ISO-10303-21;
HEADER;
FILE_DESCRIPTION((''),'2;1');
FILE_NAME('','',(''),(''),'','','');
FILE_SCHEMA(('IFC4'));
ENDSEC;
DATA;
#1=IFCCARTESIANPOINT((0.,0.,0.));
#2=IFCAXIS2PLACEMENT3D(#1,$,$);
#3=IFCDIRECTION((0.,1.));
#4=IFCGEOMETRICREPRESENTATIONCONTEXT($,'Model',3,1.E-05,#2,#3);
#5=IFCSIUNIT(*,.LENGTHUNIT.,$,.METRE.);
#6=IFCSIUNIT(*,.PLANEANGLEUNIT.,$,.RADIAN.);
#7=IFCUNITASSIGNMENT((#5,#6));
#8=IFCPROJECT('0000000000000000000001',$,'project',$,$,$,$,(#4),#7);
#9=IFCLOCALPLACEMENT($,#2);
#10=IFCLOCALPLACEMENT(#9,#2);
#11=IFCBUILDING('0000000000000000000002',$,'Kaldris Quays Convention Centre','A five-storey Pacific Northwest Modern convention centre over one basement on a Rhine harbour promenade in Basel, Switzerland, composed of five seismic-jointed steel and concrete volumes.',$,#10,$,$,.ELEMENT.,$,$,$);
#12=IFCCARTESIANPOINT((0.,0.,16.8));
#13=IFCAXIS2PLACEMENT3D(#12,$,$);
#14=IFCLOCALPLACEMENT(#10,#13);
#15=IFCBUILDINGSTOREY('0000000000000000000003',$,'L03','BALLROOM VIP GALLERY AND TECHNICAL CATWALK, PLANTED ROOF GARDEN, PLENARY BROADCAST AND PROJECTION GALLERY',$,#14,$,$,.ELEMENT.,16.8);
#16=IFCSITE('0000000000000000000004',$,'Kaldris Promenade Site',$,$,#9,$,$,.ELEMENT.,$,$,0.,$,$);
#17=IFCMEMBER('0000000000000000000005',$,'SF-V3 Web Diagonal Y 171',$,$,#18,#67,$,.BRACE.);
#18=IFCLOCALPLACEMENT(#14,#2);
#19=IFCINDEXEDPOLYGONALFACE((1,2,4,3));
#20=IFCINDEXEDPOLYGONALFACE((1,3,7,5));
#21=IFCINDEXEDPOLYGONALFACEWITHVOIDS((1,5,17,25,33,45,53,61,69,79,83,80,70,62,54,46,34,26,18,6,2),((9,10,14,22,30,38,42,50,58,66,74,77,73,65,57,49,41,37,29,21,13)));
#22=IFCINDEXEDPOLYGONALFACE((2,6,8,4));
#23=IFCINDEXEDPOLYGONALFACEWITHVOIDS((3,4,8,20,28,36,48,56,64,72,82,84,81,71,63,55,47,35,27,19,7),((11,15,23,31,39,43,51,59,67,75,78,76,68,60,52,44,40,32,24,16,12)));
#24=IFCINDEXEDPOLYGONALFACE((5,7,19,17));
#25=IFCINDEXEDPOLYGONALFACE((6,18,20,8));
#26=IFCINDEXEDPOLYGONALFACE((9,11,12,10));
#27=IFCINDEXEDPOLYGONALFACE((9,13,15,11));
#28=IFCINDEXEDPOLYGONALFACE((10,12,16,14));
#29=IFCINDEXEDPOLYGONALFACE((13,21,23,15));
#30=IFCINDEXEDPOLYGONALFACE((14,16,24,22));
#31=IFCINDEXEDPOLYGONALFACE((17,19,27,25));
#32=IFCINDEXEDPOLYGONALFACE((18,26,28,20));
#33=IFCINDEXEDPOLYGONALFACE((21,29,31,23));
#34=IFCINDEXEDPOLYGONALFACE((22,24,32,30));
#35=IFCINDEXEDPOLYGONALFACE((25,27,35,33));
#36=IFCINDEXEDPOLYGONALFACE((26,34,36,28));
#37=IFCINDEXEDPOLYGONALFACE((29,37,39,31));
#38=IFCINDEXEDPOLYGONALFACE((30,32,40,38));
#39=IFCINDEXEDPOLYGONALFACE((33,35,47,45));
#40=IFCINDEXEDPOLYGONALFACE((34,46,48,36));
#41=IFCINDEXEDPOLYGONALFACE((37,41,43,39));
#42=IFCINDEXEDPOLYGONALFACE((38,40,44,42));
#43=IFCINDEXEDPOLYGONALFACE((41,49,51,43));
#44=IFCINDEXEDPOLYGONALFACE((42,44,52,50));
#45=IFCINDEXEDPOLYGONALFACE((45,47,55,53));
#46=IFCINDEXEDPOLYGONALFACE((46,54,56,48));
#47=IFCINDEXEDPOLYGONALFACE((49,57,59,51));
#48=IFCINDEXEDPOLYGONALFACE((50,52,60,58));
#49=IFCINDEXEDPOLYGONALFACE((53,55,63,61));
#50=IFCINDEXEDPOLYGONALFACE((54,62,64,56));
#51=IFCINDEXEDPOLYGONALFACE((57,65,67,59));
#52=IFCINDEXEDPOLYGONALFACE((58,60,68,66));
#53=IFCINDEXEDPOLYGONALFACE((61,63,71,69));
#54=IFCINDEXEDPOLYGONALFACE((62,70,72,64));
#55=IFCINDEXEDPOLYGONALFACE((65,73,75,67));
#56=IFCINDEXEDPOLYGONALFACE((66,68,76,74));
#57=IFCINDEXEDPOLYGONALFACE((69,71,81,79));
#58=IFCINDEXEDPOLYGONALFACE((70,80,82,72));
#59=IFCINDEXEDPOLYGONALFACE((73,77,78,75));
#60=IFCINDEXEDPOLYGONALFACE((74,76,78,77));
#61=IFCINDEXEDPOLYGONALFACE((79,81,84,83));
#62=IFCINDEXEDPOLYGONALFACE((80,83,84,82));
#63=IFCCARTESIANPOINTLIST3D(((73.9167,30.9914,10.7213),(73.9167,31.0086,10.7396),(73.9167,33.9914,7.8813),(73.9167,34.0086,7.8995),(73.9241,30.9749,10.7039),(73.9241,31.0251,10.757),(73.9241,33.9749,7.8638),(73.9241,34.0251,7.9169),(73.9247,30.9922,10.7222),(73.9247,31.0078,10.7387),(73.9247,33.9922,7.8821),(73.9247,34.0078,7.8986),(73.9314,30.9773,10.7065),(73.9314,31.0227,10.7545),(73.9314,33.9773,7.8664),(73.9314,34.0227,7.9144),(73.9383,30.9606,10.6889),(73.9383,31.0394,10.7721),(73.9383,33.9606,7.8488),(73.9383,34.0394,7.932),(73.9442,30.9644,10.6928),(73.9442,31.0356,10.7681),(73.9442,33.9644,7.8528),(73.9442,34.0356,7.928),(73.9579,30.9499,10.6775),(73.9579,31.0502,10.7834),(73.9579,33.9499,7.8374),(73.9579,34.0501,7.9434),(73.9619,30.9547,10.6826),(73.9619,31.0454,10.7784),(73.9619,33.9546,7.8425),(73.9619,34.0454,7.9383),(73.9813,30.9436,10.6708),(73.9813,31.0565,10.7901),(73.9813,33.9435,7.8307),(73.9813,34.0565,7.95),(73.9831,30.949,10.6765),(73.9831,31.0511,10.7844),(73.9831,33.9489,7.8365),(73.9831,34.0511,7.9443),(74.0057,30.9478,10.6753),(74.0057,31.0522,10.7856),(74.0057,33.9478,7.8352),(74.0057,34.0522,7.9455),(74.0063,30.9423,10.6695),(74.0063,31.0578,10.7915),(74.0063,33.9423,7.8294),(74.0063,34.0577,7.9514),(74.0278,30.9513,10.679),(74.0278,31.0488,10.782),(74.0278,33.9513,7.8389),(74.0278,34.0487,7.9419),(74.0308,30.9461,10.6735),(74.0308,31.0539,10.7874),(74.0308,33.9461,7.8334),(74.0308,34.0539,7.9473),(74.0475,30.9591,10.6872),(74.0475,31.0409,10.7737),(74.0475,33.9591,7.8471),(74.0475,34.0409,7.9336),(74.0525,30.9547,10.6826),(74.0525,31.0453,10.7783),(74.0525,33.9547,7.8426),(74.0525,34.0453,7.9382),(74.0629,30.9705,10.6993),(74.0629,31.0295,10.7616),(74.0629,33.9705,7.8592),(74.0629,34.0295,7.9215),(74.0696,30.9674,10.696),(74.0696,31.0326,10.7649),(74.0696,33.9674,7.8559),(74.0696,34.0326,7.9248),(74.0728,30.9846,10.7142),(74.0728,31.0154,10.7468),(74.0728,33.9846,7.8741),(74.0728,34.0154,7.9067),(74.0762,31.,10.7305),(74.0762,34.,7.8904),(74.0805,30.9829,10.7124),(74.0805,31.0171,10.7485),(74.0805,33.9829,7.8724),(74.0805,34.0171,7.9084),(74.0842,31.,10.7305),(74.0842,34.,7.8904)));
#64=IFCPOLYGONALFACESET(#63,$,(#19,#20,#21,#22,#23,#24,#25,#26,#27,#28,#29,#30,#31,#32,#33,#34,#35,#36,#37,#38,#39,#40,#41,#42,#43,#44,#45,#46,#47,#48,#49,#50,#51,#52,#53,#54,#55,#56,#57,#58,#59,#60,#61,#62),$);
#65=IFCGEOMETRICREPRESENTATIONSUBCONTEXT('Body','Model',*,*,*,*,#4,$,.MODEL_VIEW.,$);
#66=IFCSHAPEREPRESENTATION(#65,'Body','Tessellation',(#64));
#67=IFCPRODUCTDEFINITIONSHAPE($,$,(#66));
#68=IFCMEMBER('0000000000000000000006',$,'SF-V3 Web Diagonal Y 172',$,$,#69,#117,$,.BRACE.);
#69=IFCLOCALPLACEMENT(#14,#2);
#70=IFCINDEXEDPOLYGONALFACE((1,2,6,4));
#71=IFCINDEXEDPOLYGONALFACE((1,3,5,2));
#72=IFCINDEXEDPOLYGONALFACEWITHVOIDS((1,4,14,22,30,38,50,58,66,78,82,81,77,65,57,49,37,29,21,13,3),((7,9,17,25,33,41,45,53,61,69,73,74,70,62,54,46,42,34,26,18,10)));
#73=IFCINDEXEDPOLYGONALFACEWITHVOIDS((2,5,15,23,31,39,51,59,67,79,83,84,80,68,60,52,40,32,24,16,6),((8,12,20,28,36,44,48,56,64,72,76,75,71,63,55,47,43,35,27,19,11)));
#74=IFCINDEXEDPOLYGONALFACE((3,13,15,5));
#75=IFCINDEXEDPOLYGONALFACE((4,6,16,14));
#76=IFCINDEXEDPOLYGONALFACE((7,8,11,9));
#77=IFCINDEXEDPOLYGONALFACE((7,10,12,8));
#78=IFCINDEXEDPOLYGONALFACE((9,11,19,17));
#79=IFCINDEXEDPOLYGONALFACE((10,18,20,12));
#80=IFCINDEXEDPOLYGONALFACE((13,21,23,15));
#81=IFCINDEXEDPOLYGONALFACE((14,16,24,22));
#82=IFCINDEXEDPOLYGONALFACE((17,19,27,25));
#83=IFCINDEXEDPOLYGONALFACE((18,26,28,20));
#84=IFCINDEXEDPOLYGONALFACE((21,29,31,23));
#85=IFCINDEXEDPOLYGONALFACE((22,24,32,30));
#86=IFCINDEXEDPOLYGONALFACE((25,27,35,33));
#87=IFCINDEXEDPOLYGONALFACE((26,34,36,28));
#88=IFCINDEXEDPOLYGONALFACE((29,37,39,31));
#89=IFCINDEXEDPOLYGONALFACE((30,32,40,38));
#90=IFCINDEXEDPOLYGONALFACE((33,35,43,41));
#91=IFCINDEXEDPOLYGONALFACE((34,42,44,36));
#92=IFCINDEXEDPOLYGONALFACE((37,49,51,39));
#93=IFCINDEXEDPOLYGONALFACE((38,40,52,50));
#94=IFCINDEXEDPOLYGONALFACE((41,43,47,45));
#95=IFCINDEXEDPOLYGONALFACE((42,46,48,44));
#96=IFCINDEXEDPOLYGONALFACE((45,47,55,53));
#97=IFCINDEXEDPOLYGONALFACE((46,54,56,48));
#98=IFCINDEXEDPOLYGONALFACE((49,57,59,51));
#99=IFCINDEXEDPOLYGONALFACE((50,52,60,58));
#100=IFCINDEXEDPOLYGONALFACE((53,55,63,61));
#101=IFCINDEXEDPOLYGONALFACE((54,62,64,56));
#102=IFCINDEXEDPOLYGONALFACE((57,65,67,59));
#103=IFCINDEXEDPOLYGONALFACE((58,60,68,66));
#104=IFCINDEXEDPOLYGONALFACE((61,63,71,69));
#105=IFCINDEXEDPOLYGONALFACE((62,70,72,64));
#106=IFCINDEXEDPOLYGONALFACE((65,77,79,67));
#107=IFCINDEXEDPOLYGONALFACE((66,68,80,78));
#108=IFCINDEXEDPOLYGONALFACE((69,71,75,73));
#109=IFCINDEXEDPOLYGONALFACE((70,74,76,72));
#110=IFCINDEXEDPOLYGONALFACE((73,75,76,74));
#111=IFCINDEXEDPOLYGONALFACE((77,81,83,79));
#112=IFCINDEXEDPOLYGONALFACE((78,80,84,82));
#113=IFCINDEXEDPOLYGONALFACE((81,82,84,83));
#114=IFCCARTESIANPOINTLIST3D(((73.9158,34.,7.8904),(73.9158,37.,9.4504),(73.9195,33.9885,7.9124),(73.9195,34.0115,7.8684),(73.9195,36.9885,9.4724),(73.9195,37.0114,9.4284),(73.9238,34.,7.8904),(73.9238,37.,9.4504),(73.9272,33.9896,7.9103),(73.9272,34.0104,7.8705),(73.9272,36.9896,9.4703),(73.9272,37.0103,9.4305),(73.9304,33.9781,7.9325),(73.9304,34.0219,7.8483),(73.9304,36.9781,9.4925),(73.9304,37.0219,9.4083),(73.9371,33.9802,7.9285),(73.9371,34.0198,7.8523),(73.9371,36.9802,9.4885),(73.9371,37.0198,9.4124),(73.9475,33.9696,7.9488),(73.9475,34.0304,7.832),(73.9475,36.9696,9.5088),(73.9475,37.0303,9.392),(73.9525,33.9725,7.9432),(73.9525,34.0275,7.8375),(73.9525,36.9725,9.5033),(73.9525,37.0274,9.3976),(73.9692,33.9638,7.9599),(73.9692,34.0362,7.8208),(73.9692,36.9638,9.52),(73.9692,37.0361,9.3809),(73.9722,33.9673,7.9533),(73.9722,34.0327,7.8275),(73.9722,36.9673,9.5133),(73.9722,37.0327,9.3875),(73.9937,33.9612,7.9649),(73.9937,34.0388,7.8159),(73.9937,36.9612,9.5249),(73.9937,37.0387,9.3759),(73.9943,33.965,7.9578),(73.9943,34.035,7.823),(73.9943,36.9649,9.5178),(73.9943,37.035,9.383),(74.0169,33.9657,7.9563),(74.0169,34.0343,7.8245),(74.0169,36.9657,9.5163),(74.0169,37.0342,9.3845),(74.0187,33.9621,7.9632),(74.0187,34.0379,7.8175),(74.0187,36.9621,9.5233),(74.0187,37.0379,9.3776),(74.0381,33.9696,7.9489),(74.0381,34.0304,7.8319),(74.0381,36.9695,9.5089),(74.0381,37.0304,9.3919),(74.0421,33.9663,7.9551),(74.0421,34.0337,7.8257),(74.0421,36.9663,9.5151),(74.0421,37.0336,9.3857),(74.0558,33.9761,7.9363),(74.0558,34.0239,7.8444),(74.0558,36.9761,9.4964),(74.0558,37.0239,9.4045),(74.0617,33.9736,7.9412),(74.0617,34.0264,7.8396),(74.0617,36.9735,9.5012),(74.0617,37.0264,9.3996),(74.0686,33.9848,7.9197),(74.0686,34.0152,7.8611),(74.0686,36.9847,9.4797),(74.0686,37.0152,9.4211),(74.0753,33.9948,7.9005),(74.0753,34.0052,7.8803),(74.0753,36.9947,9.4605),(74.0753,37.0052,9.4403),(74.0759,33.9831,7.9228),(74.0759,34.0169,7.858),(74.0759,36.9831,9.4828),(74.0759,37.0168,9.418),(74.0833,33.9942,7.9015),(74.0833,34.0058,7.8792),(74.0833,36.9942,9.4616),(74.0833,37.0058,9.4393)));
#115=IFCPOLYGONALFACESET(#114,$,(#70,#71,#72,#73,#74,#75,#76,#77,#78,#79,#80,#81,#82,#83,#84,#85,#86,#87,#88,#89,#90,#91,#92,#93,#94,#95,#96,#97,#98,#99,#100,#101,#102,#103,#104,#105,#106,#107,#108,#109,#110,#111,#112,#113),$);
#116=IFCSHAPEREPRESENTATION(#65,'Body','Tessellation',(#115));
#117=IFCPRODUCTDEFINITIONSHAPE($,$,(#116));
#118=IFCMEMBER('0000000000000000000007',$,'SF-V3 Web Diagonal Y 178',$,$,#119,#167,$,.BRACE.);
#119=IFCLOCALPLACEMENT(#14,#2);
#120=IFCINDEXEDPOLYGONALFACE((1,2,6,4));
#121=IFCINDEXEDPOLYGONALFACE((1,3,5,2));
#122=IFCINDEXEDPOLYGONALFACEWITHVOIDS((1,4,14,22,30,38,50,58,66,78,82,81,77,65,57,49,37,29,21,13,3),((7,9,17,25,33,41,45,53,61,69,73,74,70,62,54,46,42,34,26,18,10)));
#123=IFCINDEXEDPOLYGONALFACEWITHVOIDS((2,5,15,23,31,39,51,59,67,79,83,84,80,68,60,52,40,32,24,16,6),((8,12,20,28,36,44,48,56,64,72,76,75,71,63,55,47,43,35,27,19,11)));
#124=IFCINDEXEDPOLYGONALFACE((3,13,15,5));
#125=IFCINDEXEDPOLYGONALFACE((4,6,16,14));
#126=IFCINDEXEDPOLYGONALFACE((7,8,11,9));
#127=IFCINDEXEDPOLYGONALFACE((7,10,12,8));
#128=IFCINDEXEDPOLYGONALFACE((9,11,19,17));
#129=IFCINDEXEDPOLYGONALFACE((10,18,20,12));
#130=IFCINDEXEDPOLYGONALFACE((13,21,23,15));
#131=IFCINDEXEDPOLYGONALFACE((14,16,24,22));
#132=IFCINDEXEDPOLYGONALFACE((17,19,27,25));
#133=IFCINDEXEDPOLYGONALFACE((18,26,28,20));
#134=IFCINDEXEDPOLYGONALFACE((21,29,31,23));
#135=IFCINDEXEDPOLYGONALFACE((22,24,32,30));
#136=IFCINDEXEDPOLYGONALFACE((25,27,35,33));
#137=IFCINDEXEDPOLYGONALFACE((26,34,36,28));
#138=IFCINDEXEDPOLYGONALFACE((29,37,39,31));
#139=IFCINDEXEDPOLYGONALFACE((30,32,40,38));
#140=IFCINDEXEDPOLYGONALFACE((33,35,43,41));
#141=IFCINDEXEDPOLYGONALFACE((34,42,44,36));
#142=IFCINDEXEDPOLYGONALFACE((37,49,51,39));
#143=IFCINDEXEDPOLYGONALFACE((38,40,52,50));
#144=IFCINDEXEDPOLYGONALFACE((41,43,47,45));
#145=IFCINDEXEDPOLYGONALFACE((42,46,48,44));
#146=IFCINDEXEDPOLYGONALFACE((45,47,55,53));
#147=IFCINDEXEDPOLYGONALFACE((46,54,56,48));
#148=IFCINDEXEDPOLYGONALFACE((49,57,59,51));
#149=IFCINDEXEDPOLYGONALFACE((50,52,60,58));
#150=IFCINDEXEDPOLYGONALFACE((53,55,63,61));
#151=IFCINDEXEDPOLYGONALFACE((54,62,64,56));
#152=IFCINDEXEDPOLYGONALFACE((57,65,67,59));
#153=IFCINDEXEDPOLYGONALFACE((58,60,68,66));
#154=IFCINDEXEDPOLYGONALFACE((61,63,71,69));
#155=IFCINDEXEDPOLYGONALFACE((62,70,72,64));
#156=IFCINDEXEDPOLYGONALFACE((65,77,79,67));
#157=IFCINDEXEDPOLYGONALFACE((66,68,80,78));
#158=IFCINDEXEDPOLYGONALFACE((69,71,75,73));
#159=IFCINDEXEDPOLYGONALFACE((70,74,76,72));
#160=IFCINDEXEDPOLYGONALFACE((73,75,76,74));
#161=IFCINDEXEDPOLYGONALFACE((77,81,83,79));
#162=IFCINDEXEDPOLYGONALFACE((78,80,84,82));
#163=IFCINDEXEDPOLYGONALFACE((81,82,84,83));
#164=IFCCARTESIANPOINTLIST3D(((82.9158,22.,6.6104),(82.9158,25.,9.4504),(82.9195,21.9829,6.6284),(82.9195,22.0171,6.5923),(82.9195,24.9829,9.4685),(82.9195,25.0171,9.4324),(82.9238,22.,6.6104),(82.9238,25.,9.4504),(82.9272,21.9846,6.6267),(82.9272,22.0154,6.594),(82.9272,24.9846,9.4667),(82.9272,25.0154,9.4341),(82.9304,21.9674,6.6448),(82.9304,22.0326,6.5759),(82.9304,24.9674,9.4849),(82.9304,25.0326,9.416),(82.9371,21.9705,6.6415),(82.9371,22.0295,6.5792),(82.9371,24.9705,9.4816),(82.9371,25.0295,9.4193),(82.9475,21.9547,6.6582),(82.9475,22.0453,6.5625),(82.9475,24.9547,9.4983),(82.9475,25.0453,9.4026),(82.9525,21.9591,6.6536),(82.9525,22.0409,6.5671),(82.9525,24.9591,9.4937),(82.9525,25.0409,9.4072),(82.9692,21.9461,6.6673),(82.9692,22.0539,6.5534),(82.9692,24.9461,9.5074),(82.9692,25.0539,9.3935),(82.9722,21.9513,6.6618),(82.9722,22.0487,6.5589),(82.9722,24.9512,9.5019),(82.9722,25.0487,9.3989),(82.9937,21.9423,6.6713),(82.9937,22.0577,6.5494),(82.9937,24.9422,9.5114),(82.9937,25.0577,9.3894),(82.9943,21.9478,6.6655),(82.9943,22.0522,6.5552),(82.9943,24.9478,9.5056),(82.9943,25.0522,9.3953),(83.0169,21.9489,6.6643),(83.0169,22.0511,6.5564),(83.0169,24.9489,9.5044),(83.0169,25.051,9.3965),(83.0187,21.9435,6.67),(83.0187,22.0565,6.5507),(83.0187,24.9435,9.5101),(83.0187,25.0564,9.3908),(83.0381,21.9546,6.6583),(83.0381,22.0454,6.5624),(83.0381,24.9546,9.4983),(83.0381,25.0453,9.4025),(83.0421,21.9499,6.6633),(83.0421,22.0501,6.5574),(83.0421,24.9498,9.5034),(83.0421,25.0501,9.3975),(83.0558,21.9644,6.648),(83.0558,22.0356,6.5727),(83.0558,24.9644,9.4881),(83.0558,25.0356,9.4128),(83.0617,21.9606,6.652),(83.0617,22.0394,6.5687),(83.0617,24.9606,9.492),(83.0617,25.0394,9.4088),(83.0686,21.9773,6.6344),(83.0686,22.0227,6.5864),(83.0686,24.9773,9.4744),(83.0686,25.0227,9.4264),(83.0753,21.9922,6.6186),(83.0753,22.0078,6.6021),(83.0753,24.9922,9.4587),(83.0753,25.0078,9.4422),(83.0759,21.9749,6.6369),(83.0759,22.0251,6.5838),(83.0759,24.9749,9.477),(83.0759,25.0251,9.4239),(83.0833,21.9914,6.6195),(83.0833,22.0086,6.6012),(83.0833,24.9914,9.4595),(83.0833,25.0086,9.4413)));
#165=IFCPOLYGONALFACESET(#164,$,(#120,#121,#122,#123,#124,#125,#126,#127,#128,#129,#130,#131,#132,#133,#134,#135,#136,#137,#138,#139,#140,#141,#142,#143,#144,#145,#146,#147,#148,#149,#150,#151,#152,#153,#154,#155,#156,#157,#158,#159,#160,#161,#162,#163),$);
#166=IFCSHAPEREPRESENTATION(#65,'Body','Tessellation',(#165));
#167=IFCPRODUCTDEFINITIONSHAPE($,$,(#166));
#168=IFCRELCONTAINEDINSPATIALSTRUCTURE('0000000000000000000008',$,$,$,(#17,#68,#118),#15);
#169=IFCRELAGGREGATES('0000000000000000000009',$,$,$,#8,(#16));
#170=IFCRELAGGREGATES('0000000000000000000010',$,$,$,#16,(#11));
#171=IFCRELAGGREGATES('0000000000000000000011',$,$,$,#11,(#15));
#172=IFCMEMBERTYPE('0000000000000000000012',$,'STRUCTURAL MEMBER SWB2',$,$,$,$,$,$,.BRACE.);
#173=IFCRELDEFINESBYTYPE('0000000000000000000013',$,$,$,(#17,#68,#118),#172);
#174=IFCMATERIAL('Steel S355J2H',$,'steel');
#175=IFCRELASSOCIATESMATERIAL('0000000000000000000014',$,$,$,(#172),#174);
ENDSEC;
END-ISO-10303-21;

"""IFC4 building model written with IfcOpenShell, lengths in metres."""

from ifc_helpers import new_model, si_unit, direction, frame, origin, origin_2d, place, context, subcontext, project, spatial, hollow_circle, extrude, material, material_profile, profile_set, type_object, element, save


model = new_model("IFC4")

# Units and contexts
model_context = context("Model", 3, precision=1e-05, world=origin(), true_north=direction((0.0, 1.0)))
body_context = subcontext(model_context, "Body", "Model", "MODEL_VIEW")
ifc_project = project(units=[si_unit("LENGTHUNIT", "METRE"), si_unit("PLANEANGLEUNIT", "RADIAN")], contexts=[model_context])

# Site, building, storey
site_placement = place(None, origin())
site = spatial("IfcSite", under=ifc_project, at=site_placement, Name="Kaldris Promenade Site", CompositionType="ELEMENT", RefElevation=0.0)
building_placement = place(site_placement, origin())
building = spatial("IfcBuilding", under=site, at=building_placement, Name="Kaldris Quays Convention Centre", Description="A five-storey Pacific Northwest Modern convention centre over one basement on a Rhine harbour promenade in Basel, Switzerland, composed of five seismic-jointed steel and concrete volumes.", CompositionType="ELEMENT")
storey_placement = place(building_placement, frame((0.0, 0.0, 16.8)))
storey = spatial("IfcBuildingStorey", under=building, at=storey_placement, Name="L03", Description="BALLROOM VIP GALLERY AND TECHNICAL CATWALK, PLANTED ROOF GARDEN, PLENARY BROADCAST AND PROJECTION GALLERY", CompositionType="ELEMENT", Elevation=16.8)

# Members
ifc_material_1 = material(Name="Steel S355J2H", Category="steel")
ifc_material_profile_1 = material_profile(ifc_material_1, hollow_circle(Radius=0.0842, WallThickness=0.0081, at=origin_2d()), Name="CHS 168.3x8")
ifc_profile_set_1 = profile_set([ifc_material_profile_1], Name="Steel S355J2H")
member_type_1 = type_object("IfcMemberType", Name="STRUCTURAL MEMBER SWB2", PredefinedType="BRACE", material=ifc_profile_set_1)
member_1_placement = place(storey_placement, frame((74.0, 34.0, 7.8904), z_axis=(0.0, -0.726196, 0.687487), x_axis=(1.0, 0.0, 0.0)))
element("IfcMember", 1, at=member_1_placement, inside=storey, type_object=member_type_1, Name="SF-V3 Web Diagonal Y 171", PredefinedType="BRACE", context=body_context, shape_type="SweptSolid", body=[
    extrude(hollow_circle(Radius=0.0842, WallThickness=0.0081, at=origin_2d()), origin(), (0.0, 0.0, 1.0), 4.1311),
])
member_2_placement = place(storey_placement, frame((74.0, 34.0, 7.8904), z_axis=(0.0, 0.88721, 0.461366), x_axis=(-1.0, 0.0, 0.0)))
element("IfcMember", 2, at=member_2_placement, inside=storey, type_object=member_type_1, Name="SF-V3 Web Diagonal Y 172", PredefinedType="BRACE", context=body_context, shape_type="SweptSolid", body=[
    extrude(hollow_circle(Radius=0.0842, WallThickness=0.0081, at=origin_2d()), origin(), (0.0, 0.0, 1.0), 3.3813),
])
member_3_placement = place(storey_placement, frame((83.0, 22.0, 6.6104), z_axis=(0.0, 0.726196, 0.687487), x_axis=(-1.0, 0.0, 0.0)))
element("IfcMember", 3, at=member_3_placement, inside=storey, type_object=member_type_1, Name="SF-V3 Web Diagonal Y 178", PredefinedType="BRACE", context=body_context, shape_type="SweptSolid", body=[
    extrude(hollow_circle(Radius=0.0842, WallThickness=0.0081, at=origin_2d()), origin(), (0.0, 0.0, 1.0), 4.1311),
])

save(model, "model.ifc")
